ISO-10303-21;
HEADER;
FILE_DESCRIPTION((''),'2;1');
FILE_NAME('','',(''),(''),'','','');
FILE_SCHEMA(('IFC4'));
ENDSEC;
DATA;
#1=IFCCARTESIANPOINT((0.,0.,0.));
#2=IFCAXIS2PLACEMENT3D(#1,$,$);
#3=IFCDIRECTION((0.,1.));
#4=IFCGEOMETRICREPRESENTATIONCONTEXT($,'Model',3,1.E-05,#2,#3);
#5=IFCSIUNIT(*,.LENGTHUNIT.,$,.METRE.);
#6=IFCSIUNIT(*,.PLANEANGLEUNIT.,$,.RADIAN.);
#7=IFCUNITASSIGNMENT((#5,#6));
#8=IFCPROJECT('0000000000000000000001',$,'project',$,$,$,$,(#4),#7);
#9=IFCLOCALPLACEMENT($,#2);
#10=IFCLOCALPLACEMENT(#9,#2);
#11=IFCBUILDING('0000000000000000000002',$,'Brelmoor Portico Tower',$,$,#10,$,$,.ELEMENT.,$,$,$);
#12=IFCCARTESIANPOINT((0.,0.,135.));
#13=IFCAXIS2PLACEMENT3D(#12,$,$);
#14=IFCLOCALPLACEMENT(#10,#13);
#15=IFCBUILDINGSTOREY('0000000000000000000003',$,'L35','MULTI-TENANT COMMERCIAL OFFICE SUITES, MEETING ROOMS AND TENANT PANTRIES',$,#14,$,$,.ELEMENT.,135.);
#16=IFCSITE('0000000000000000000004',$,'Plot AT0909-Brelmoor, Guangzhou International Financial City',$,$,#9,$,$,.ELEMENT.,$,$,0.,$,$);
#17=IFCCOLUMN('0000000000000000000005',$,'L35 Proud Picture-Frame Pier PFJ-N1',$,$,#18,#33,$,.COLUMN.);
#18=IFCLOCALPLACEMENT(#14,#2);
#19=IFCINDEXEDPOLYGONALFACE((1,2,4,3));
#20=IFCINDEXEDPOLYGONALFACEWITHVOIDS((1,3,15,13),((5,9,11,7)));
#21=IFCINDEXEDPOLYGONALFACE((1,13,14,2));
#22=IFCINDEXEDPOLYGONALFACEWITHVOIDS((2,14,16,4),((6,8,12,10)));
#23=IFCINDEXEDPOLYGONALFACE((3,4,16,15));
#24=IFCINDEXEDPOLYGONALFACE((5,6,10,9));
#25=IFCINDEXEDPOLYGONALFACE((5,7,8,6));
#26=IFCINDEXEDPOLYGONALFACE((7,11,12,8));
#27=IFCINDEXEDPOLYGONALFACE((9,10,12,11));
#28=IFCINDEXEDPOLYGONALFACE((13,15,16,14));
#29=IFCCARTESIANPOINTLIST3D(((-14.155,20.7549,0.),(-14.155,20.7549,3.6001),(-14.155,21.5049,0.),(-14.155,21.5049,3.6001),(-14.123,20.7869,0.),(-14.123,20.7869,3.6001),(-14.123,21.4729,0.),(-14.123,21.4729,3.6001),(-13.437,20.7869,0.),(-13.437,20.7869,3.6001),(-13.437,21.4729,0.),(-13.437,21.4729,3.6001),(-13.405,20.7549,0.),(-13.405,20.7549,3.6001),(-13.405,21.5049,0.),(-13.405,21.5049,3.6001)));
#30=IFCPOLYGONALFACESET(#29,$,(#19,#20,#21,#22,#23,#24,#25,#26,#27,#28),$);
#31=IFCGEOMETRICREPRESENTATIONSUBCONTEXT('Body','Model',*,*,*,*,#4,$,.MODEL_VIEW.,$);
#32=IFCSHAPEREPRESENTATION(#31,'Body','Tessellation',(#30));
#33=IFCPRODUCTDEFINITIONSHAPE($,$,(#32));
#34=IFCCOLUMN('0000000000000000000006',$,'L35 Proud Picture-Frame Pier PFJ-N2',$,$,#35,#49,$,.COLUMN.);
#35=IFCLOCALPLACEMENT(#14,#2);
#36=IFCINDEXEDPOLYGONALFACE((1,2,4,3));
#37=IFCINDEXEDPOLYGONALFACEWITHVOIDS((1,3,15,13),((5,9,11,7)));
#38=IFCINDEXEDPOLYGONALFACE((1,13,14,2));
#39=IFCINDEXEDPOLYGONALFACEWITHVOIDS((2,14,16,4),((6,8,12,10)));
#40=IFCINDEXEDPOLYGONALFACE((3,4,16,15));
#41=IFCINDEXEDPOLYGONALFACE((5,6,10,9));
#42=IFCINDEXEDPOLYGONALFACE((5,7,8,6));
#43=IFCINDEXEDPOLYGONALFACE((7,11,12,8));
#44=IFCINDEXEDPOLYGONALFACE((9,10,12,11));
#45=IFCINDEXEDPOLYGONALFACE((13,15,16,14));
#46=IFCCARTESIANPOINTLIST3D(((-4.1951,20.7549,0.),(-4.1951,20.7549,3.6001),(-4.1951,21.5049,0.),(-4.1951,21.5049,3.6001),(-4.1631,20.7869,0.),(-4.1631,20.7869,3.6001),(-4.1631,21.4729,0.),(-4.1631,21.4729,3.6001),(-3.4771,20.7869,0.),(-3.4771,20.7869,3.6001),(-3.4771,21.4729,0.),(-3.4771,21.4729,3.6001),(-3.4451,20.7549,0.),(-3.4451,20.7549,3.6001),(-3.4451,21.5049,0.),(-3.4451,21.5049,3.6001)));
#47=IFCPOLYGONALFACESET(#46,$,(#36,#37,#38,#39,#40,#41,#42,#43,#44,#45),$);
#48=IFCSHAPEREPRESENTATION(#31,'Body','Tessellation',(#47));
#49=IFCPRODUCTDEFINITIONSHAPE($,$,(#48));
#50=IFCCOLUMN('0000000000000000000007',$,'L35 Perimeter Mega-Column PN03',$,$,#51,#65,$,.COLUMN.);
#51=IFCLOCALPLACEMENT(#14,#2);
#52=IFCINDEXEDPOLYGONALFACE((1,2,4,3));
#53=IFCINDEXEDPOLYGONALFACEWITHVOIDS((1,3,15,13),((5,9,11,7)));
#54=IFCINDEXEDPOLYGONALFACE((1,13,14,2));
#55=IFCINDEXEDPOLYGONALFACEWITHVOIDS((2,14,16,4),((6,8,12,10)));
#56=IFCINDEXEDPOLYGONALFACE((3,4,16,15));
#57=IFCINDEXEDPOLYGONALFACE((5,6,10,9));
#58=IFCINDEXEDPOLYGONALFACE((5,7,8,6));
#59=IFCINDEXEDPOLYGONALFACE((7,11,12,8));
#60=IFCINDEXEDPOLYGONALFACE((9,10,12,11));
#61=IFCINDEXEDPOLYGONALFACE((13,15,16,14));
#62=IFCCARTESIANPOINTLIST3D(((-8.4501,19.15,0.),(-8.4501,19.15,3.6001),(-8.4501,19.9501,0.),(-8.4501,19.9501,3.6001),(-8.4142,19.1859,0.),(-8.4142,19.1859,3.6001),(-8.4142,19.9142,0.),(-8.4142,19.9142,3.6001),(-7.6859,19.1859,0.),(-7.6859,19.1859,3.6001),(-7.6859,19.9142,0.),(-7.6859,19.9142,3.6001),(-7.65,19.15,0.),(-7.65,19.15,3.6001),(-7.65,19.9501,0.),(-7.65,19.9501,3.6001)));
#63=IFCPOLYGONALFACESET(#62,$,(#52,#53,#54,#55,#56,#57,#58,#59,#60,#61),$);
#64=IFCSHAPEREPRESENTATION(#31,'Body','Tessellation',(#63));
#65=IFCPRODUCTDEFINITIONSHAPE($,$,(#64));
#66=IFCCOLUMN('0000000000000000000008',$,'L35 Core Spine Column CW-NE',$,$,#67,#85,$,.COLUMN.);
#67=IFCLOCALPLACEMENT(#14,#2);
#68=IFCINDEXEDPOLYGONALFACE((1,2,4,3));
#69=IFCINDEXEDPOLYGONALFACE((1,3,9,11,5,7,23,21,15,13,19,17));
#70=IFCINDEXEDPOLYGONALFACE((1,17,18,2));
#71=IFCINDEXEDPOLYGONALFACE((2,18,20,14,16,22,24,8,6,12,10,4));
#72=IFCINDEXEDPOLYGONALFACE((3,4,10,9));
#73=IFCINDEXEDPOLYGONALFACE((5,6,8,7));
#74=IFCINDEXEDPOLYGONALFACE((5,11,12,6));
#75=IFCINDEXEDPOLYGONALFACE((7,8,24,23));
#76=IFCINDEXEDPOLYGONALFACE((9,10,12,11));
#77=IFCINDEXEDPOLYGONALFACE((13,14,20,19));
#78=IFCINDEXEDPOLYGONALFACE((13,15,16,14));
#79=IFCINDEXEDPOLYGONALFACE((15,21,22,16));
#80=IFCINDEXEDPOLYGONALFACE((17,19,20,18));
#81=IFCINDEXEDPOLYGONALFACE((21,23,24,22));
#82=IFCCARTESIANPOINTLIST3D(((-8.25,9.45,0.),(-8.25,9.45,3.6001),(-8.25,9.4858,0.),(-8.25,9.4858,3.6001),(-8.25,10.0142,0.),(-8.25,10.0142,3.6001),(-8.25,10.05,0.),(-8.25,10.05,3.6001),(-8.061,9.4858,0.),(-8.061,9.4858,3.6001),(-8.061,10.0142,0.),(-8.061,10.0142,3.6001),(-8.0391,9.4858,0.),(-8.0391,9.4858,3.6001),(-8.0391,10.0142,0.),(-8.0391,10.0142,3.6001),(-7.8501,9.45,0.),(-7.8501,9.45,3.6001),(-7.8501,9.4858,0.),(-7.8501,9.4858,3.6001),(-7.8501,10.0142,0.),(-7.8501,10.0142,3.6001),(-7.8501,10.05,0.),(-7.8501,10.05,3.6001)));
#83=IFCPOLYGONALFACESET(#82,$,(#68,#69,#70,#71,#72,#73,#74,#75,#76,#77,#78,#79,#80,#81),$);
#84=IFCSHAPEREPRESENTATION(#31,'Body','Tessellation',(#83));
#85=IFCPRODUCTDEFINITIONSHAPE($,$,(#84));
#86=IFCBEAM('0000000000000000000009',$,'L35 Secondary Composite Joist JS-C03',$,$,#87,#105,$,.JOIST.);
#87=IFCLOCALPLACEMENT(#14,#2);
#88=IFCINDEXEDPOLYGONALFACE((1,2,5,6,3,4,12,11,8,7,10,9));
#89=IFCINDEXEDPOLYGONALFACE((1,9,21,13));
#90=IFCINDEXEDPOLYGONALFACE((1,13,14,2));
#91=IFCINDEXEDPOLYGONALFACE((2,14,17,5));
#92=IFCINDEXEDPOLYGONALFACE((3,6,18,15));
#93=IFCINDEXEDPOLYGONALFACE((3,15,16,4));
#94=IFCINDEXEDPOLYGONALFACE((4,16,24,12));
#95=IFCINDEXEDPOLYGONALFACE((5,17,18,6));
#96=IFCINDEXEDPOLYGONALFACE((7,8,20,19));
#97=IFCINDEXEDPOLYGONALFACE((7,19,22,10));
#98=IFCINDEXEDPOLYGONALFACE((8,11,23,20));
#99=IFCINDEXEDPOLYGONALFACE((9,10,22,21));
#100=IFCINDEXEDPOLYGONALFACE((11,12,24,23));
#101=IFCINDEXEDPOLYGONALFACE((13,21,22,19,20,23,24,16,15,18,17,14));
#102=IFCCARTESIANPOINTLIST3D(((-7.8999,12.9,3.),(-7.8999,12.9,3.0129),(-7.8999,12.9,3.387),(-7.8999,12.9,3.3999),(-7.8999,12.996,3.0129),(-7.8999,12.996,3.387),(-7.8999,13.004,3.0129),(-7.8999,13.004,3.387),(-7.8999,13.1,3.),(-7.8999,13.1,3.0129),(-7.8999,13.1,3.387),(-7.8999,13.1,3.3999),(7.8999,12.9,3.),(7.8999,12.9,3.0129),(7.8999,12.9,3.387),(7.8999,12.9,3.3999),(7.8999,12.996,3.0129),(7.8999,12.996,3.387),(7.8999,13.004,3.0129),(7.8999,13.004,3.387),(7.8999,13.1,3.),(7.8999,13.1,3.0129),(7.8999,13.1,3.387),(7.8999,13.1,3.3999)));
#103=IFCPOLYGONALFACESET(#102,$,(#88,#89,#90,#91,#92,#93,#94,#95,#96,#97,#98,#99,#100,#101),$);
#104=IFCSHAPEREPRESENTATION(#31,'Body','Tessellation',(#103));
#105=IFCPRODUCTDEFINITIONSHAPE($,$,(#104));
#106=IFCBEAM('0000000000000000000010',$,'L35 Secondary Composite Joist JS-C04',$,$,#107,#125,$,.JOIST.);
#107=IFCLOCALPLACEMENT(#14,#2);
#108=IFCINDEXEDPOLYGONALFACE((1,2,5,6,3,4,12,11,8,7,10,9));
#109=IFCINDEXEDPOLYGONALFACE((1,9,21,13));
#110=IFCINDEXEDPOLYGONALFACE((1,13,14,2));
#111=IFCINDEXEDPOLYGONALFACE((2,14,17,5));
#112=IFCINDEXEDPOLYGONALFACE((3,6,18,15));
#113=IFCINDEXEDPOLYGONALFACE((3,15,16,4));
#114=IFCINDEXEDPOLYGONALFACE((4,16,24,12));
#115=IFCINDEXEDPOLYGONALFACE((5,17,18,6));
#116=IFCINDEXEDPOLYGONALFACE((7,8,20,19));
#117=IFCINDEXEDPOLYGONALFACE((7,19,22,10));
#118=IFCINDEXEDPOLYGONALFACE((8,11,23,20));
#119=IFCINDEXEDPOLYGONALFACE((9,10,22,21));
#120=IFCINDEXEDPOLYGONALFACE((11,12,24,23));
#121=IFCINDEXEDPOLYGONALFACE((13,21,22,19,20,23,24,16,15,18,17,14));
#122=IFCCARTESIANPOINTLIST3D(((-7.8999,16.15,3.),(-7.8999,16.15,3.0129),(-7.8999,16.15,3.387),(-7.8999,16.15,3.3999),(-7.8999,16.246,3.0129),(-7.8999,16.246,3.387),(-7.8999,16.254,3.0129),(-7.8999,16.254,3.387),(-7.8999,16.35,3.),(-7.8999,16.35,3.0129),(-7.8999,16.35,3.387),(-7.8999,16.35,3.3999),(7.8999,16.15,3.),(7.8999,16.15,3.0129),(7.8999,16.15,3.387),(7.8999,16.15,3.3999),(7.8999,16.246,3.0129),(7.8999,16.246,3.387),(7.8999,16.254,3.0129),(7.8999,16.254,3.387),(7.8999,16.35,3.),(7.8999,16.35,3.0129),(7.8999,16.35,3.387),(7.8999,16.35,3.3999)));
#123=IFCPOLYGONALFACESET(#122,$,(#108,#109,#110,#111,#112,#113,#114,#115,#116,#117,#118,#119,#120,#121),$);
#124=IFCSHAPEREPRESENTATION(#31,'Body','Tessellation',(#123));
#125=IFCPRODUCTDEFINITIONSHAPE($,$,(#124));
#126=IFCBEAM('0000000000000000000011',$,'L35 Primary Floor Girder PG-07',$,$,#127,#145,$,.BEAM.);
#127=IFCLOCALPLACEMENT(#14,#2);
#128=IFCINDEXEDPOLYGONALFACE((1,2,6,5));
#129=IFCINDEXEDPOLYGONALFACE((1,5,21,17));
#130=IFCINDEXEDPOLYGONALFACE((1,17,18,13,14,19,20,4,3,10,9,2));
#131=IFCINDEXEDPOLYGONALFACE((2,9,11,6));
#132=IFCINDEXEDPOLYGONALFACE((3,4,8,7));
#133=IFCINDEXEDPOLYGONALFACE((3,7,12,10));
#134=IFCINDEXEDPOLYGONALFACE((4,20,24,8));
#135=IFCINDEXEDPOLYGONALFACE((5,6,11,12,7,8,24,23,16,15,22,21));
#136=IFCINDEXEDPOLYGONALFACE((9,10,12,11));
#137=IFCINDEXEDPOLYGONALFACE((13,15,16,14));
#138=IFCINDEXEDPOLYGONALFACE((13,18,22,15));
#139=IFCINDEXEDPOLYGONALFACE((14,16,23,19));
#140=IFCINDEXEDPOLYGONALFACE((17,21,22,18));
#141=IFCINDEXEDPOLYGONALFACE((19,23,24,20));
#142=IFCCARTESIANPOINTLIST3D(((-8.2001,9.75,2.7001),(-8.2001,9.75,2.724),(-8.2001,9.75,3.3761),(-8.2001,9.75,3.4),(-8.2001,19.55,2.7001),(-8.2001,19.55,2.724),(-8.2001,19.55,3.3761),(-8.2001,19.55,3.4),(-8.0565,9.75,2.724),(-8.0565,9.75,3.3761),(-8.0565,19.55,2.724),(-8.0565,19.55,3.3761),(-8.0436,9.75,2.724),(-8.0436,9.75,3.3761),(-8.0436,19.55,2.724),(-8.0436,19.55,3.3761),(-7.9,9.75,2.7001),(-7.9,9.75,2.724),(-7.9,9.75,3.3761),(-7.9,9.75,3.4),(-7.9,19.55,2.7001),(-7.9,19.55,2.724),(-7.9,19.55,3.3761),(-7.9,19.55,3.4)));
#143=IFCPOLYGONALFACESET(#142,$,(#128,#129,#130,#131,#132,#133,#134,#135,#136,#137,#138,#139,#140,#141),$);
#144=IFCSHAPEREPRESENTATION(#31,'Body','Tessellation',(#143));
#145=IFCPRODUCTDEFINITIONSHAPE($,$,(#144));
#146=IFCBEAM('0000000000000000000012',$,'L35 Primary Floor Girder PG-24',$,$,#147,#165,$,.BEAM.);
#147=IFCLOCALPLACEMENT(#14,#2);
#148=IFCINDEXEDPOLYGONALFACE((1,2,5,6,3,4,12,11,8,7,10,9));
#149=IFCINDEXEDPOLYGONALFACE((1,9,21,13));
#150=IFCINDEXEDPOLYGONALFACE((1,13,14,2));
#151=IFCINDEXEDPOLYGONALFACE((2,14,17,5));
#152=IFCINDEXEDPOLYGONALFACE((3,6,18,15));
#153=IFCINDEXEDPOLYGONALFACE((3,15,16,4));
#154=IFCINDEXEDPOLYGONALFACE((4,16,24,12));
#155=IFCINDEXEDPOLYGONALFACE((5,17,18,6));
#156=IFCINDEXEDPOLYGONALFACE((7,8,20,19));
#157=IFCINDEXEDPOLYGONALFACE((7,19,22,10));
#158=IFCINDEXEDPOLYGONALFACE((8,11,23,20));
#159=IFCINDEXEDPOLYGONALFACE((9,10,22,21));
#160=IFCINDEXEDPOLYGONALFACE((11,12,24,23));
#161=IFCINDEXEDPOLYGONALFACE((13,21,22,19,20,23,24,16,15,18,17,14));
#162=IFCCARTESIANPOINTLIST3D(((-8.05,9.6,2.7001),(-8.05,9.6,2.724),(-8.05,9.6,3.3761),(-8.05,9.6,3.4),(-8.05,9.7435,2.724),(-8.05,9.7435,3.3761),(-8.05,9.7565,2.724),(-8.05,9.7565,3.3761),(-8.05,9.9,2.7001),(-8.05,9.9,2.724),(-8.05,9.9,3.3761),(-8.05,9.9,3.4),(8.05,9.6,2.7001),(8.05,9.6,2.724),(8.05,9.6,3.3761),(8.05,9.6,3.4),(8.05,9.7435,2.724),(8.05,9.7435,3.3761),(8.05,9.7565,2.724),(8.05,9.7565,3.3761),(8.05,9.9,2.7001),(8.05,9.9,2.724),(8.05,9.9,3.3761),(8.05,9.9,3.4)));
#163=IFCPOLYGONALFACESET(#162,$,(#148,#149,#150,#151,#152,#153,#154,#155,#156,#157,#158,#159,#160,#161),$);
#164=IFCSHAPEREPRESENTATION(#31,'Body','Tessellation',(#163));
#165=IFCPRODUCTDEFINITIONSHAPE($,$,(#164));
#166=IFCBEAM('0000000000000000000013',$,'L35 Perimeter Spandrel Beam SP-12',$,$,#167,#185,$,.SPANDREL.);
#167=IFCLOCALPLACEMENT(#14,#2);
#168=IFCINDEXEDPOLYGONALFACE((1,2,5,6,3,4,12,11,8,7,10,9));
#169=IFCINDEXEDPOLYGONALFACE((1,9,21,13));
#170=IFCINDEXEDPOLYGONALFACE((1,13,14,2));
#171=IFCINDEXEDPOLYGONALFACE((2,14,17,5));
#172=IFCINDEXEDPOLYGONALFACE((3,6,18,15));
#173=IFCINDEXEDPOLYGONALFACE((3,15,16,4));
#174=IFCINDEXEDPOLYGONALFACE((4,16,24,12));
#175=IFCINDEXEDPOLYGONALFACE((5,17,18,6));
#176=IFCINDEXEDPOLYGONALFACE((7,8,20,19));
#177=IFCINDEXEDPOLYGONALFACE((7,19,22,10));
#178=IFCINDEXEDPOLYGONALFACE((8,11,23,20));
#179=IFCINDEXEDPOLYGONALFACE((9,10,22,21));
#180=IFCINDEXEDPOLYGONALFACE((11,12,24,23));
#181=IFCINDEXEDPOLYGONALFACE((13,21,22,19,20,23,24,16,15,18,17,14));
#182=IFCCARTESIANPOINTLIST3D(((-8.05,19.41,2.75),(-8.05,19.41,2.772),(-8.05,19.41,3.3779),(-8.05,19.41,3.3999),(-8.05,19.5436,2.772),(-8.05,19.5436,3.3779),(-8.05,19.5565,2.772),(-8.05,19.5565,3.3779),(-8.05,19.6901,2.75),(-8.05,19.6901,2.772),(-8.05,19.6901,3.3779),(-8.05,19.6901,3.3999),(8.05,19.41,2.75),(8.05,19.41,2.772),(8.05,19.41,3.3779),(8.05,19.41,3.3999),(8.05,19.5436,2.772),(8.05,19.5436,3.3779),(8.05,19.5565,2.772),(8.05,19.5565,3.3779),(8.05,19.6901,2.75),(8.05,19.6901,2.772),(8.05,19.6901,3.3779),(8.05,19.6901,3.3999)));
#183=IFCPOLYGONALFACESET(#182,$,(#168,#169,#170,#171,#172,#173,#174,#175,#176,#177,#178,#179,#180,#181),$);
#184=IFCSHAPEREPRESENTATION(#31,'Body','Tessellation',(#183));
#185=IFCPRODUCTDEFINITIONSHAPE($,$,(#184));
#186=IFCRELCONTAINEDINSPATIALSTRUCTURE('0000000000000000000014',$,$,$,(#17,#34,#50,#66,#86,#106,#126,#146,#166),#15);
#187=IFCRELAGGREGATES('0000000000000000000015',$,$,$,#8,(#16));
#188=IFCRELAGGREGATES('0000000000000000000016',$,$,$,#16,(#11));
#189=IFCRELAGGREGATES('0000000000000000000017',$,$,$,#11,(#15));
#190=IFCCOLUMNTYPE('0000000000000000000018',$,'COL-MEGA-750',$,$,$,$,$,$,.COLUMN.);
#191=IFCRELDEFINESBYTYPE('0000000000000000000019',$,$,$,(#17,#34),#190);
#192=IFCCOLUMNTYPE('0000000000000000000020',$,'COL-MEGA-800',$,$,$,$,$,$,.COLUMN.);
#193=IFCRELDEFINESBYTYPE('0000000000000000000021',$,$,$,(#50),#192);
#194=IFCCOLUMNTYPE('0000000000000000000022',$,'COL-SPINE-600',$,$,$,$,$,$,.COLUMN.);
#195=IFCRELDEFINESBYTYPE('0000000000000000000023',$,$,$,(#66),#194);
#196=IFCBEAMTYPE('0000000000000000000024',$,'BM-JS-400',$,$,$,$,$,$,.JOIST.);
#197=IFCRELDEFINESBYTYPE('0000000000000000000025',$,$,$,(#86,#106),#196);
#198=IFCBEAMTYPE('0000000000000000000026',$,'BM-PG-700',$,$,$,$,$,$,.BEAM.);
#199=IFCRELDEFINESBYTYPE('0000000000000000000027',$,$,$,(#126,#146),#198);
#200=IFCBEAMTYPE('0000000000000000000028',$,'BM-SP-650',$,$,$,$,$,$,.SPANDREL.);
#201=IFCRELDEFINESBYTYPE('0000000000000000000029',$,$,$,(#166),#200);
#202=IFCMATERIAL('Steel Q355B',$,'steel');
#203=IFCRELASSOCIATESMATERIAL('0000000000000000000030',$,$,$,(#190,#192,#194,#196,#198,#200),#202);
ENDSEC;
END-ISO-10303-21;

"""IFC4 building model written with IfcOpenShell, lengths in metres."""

from ifc_helpers import new_model, si_unit, direction, frame, origin, origin_2d, place, context, subcontext, project, spatial, hollow_rectangle, i_section, extrude, material, material_profile, profile_set, type_object, element, save


model = new_model("IFC4")

# Units and contexts
model_context = context("Model", 3, precision=1e-05, world=origin(), true_north=direction((0.0, 1.0)))
body_context = subcontext(model_context, "Body", "Model", "MODEL_VIEW")
ifc_project = project(units=[si_unit("LENGTHUNIT", "METRE"), si_unit("PLANEANGLEUNIT", "RADIAN")], contexts=[model_context])

# Site, building, storey
site_placement = place(None, origin())
site = spatial("IfcSite", under=ifc_project, at=site_placement, Name="Plot AT0909-Brelmoor, Guangzhou International Financial City", CompositionType="ELEMENT", RefElevation=0.0)
building_placement = place(site_placement, origin())
building = spatial("IfcBuilding", under=site, at=building_placement, Name="Brelmoor Portico Tower", CompositionType="ELEMENT")
storey_placement = place(building_placement, frame((0.0, 0.0, 135.0)))
storey = spatial("IfcBuildingStorey", under=building, at=storey_placement, Name="L35", Description="MULTI-TENANT COMMERCIAL OFFICE SUITES, MEETING ROOMS AND TENANT PANTRIES", CompositionType="ELEMENT", Elevation=135.0)

# Columns
ifc_material_1 = material(Name="Steel Q355B", Category="steel")
ifc_material_profile_1 = material_profile(ifc_material_1, hollow_rectangle(XDim=0.75, YDim=0.75, WallThickness=0.032, at=origin_2d()), Name="BOX 750x750x32")
ifc_profile_set_1 = profile_set([ifc_material_profile_1], Name="Steel Q355B")
column_type_1 = type_object("IfcColumnType", Name="COL-MEGA-750", PredefinedType="COLUMN", material=ifc_profile_set_1)
for number, where, z_axis, x_axis, name in (
    (1, (-13.78, 21.1299, 0.0), (0.0, 0.0, 1.0), (1.0, 0.0, 0.0), "L35 Proud Picture-Frame Pier PFJ-N1"),
    (2, (-3.8201, 21.1299, 0.0), (0.0, 0.0, 1.0), (1.0, 0.0, 0.0), "L35 Proud Picture-Frame Pier PFJ-N2"),
):
    element("IfcColumn", number, at=place(storey_placement, frame(where, z_axis=z_axis, x_axis=x_axis)), inside=storey, type_object=column_type_1, Name=name, PredefinedType="COLUMN", context=body_context, shape_type="SweptSolid", body=[
        extrude(hollow_rectangle(XDim=0.75, YDim=0.75, WallThickness=0.032, at=origin_2d()), origin(), (0.0, 0.0, 1.0), 3.6001),
    ])
ifc_material_profile_2 = material_profile(ifc_material_1, hollow_rectangle(XDim=0.8, YDim=0.8, WallThickness=0.0359, at=origin_2d()), Name="BOX 800x800x36")
ifc_profile_set_2 = profile_set([ifc_material_profile_2], Name="Steel Q355B")
column_type_2 = type_object("IfcColumnType", Name="COL-MEGA-800", PredefinedType="COLUMN", material=ifc_profile_set_2)
column_1_placement = place(storey_placement, frame((-8.05, 19.55, 0.0), z_axis=(0.0, 0.0, 1.0), x_axis=(1.0, 0.0, 0.0)))
element("IfcColumn", 3, at=column_1_placement, inside=storey, type_object=column_type_2, Name="L35 Perimeter Mega-Column PN03", PredefinedType="COLUMN", context=body_context, shape_type="SweptSolid", body=[
    extrude(hollow_rectangle(XDim=0.8, YDim=0.8, WallThickness=0.0359, at=origin_2d()), origin(), (0.0, 0.0, 1.0), 3.6001),
])
ifc_material_profile_3 = material_profile(ifc_material_1, i_section(OverallWidth=0.3999, OverallDepth=0.6001, WebThickness=0.022, FlangeThickness=0.0359, at=origin_2d()), Name="HW 600x400x22x36")
ifc_profile_set_3 = profile_set([ifc_material_profile_3], Name="Steel Q355B")
column_type_3 = type_object("IfcColumnType", Name="COL-SPINE-600", PredefinedType="COLUMN", material=ifc_profile_set_3)
column_2_placement = place(storey_placement, frame((-8.05, 9.75, 0.0), z_axis=(0.0, 0.0, 1.0), x_axis=(1.0, 0.0, 0.0)))
element("IfcColumn", 4, at=column_2_placement, inside=storey, type_object=column_type_3, Name="L35 Core Spine Column CW-NE", PredefinedType="COLUMN", context=body_context, shape_type="SweptSolid", body=[
    extrude(i_section(OverallWidth=0.3999, OverallDepth=0.6001, WebThickness=0.022, FlangeThickness=0.0359, at=origin_2d()), origin(), (0.0, 0.0, 1.0), 3.6001),
])

# Beams
ifc_material_profile_4 = material_profile(ifc_material_1, i_section(OverallWidth=0.2, OverallDepth=0.3999, WebThickness=0.0081, FlangeThickness=0.0129, at=origin_2d()), Name="HN 400x200x8x13")
ifc_profile_set_4 = profile_set([ifc_material_profile_4], Name="Steel Q355B")
beam_type_1 = type_object("IfcBeamType", Name="BM-JS-400", PredefinedType="JOIST", material=ifc_profile_set_4)
for number, where, z_axis, x_axis, name in (
    (5, (-7.8999, 13.0, 3.2), (1.0, 0.0, 0.0), (0.0, 1.0, 0.0), "L35 Secondary Composite Joist JS-C03"),
    (6, (-7.8999, 16.25, 3.2), (1.0, 0.0, 0.0), (0.0, 1.0, 0.0), "L35 Secondary Composite Joist JS-C04"),
):
    element("IfcBeam", number, at=place(storey_placement, frame(where, z_axis=z_axis, x_axis=x_axis)), inside=storey, type_object=beam_type_1, Name=name, PredefinedType="JOIST", context=body_context, shape_type="SweptSolid", body=[
        extrude(i_section(OverallWidth=0.2, OverallDepth=0.3999, WebThickness=0.0081, FlangeThickness=0.0129, at=origin_2d()), origin(), (0.0, 0.0, 1.0), 15.7998),
    ])
ifc_material_profile_5 = material_profile(ifc_material_1, i_section(OverallWidth=0.3, OverallDepth=0.7, WebThickness=0.0129, FlangeThickness=0.0239, at=origin_2d()), Name="HN 700x300x13x24")
ifc_profile_set_5 = profile_set([ifc_material_profile_5], Name="Steel Q355B")
beam_type_2 = type_object("IfcBeamType", Name="BM-PG-700", PredefinedType="BEAM", material=ifc_profile_set_5)
beam_1_placement = place(storey_placement, frame((-8.05, 9.75, 3.05), z_axis=(0.0, 1.0, 0.0), x_axis=(-1.0, 0.0, 0.0)))
element("IfcBeam", 7, at=beam_1_placement, inside=storey, type_object=beam_type_2, Name="L35 Primary Floor Girder PG-07", PredefinedType="BEAM", context=body_context, shape_type="SweptSolid", body=[
    extrude(i_section(OverallWidth=0.3, OverallDepth=0.7, WebThickness=0.0129, FlangeThickness=0.0239, at=origin_2d()), origin(), (0.0, 0.0, 1.0), 9.8),
])
beam_2_placement = place(storey_placement, frame((-8.05, 9.75, 3.05), z_axis=(1.0, 0.0, 0.0), x_axis=(0.0, 1.0, 0.0)))
element("IfcBeam", 8, at=beam_2_placement, inside=storey, type_object=beam_type_2, Name="L35 Primary Floor Girder PG-24", PredefinedType="BEAM", context=body_context, shape_type="SweptSolid", body=[
    extrude(i_section(OverallWidth=0.3, OverallDepth=0.7, WebThickness=0.0129, FlangeThickness=0.0239, at=origin_2d()), origin(), (0.0, 0.0, 1.0), 16.1001),
])
ifc_material_profile_6 = material_profile(ifc_material_1, i_section(OverallWidth=0.28, OverallDepth=0.6499, WebThickness=0.0129, FlangeThickness=0.022, at=origin_2d()), Name="HN 650x280x13x22")
ifc_profile_set_6 = profile_set([ifc_material_profile_6], Name="Steel Q355B")
beam_type_3 = type_object("IfcBeamType", Name="BM-SP-650", PredefinedType="SPANDREL", material=ifc_profile_set_6)
beam_3_placement = place(storey_placement, frame((-8.05, 19.55, 3.075), z_axis=(1.0, 0.0, 0.0), x_axis=(0.0, 1.0, 0.0)))
element("IfcBeam", 9, at=beam_3_placement, inside=storey, type_object=beam_type_3, Name="L35 Perimeter Spandrel Beam SP-12", PredefinedType="SPANDREL", context=body_context, shape_type="SweptSolid", body=[
    extrude(i_section(OverallWidth=0.28, OverallDepth=0.6499, WebThickness=0.0129, FlangeThickness=0.022, at=origin_2d()), origin(), (0.0, 0.0, 1.0), 16.1001),
])

save(model, "model.ifc")
